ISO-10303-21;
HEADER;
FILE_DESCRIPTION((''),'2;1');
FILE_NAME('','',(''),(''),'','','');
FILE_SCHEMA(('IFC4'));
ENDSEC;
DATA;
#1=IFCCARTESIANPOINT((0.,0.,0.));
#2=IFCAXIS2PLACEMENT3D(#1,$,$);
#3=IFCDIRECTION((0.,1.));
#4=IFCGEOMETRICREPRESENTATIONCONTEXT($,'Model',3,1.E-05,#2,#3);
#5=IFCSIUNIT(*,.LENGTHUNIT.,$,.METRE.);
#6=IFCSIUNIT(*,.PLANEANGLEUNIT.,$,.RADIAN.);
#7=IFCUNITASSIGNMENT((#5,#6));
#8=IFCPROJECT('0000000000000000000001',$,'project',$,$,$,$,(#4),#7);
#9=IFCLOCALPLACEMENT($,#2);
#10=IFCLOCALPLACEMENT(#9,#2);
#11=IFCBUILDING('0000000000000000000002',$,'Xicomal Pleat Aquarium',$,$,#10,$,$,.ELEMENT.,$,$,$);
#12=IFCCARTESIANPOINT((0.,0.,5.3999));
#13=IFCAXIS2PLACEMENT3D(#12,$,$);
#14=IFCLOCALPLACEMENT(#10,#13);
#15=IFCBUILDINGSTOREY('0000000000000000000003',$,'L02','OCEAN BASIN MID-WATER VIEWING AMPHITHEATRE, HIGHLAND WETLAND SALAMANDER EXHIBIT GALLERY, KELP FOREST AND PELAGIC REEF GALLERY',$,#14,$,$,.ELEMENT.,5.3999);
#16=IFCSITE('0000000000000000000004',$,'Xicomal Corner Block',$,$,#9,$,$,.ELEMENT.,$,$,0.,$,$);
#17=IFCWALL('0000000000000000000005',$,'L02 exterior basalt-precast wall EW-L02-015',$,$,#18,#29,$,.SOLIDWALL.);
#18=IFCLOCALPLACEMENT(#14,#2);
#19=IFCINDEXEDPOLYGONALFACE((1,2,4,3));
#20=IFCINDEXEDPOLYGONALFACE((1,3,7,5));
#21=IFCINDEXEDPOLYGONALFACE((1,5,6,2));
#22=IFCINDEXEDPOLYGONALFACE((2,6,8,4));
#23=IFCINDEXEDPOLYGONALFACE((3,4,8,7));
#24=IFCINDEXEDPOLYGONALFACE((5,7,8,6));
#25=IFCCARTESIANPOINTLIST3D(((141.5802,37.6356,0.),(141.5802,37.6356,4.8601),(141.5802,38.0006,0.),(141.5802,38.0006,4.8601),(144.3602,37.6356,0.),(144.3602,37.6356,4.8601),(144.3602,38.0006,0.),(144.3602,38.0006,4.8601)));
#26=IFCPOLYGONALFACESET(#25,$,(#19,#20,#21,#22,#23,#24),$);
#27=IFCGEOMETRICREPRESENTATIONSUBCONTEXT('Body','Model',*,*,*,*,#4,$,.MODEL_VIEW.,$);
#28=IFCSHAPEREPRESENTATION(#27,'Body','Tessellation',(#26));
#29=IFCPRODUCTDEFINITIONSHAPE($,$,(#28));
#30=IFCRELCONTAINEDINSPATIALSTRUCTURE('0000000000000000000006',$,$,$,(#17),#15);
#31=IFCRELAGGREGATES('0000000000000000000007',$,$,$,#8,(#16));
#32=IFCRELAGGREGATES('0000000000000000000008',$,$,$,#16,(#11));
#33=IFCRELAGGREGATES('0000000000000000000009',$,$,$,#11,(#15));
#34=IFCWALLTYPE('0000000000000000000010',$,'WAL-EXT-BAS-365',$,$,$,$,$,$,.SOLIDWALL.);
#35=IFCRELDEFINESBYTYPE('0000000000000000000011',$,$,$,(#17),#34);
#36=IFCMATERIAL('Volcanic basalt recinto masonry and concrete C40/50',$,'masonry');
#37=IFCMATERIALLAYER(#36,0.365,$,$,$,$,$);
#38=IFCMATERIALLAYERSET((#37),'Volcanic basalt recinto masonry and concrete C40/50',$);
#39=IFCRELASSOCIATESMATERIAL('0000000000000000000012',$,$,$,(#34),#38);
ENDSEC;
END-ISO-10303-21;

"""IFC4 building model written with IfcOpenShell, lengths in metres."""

from ifc_helpers import new_model, si_unit, direction, frame, frame_2d, origin, place, context, subcontext, project, spatial, rectangle, extrude, material, layer, layer_set, type_object, element, save


model = new_model("IFC4")

# Units and contexts
model_context = context("Model", 3, precision=1e-05, world=origin(), true_north=direction((0.0, 1.0)))
body_context = subcontext(model_context, "Body", "Model", "MODEL_VIEW")
ifc_project = project(units=[si_unit("LENGTHUNIT", "METRE"), si_unit("PLANEANGLEUNIT", "RADIAN")], contexts=[model_context])

# Site, building, storey
site_placement = place(None, origin())
site = spatial("IfcSite", under=ifc_project, at=site_placement, Name="Xicomal Corner Block", CompositionType="ELEMENT", RefElevation=0.0)
building_placement = place(site_placement, origin())
building = spatial("IfcBuilding", under=site, at=building_placement, Name="Xicomal Pleat Aquarium", CompositionType="ELEMENT")
storey_placement = place(building_placement, frame((0.0, 0.0, 5.3999)))
storey = spatial("IfcBuildingStorey", under=building, at=storey_placement, Name="L02", Description="OCEAN BASIN MID-WATER VIEWING AMPHITHEATRE, HIGHLAND WETLAND SALAMANDER EXHIBIT GALLERY, KELP FOREST AND PELAGIC REEF GALLERY", CompositionType="ELEMENT", Elevation=5.3999)

# Wall
ifc_material_1 = material(Name="Volcanic basalt recinto masonry and concrete C40/50", Category="masonry")
ifc_layer_1 = layer(ifc_material_1, 0.365)
ifc_layer_set_1 = layer_set([ifc_layer_1], Name="Volcanic basalt recinto masonry and concrete C40/50")
wall_type_1 = type_object("IfcWallType", Name="WAL-EXT-BAS-365", PredefinedType="SOLIDWALL", material=ifc_layer_set_1)
wall_1_placement = place(storey_placement, frame((141.5801, 37.8181, 0.0), z_axis=(0.0, 0.0, 1.0), x_axis=(1.0, 0.0, 0.0)))
element("IfcWall", 1, at=wall_1_placement, inside=storey, type_object=wall_type_1, Name="L02 exterior basalt-precast wall EW-L02-015", PredefinedType="SOLIDWALL", context=body_context, shape_type="SweptSolid", body=[
    extrude(rectangle(XDim=2.78, YDim=0.365, at=frame_2d((1.3901, 0.0))), origin(), (0.0, 0.0, 1.0), 4.8601),
])

save(model, "model.ifc")
